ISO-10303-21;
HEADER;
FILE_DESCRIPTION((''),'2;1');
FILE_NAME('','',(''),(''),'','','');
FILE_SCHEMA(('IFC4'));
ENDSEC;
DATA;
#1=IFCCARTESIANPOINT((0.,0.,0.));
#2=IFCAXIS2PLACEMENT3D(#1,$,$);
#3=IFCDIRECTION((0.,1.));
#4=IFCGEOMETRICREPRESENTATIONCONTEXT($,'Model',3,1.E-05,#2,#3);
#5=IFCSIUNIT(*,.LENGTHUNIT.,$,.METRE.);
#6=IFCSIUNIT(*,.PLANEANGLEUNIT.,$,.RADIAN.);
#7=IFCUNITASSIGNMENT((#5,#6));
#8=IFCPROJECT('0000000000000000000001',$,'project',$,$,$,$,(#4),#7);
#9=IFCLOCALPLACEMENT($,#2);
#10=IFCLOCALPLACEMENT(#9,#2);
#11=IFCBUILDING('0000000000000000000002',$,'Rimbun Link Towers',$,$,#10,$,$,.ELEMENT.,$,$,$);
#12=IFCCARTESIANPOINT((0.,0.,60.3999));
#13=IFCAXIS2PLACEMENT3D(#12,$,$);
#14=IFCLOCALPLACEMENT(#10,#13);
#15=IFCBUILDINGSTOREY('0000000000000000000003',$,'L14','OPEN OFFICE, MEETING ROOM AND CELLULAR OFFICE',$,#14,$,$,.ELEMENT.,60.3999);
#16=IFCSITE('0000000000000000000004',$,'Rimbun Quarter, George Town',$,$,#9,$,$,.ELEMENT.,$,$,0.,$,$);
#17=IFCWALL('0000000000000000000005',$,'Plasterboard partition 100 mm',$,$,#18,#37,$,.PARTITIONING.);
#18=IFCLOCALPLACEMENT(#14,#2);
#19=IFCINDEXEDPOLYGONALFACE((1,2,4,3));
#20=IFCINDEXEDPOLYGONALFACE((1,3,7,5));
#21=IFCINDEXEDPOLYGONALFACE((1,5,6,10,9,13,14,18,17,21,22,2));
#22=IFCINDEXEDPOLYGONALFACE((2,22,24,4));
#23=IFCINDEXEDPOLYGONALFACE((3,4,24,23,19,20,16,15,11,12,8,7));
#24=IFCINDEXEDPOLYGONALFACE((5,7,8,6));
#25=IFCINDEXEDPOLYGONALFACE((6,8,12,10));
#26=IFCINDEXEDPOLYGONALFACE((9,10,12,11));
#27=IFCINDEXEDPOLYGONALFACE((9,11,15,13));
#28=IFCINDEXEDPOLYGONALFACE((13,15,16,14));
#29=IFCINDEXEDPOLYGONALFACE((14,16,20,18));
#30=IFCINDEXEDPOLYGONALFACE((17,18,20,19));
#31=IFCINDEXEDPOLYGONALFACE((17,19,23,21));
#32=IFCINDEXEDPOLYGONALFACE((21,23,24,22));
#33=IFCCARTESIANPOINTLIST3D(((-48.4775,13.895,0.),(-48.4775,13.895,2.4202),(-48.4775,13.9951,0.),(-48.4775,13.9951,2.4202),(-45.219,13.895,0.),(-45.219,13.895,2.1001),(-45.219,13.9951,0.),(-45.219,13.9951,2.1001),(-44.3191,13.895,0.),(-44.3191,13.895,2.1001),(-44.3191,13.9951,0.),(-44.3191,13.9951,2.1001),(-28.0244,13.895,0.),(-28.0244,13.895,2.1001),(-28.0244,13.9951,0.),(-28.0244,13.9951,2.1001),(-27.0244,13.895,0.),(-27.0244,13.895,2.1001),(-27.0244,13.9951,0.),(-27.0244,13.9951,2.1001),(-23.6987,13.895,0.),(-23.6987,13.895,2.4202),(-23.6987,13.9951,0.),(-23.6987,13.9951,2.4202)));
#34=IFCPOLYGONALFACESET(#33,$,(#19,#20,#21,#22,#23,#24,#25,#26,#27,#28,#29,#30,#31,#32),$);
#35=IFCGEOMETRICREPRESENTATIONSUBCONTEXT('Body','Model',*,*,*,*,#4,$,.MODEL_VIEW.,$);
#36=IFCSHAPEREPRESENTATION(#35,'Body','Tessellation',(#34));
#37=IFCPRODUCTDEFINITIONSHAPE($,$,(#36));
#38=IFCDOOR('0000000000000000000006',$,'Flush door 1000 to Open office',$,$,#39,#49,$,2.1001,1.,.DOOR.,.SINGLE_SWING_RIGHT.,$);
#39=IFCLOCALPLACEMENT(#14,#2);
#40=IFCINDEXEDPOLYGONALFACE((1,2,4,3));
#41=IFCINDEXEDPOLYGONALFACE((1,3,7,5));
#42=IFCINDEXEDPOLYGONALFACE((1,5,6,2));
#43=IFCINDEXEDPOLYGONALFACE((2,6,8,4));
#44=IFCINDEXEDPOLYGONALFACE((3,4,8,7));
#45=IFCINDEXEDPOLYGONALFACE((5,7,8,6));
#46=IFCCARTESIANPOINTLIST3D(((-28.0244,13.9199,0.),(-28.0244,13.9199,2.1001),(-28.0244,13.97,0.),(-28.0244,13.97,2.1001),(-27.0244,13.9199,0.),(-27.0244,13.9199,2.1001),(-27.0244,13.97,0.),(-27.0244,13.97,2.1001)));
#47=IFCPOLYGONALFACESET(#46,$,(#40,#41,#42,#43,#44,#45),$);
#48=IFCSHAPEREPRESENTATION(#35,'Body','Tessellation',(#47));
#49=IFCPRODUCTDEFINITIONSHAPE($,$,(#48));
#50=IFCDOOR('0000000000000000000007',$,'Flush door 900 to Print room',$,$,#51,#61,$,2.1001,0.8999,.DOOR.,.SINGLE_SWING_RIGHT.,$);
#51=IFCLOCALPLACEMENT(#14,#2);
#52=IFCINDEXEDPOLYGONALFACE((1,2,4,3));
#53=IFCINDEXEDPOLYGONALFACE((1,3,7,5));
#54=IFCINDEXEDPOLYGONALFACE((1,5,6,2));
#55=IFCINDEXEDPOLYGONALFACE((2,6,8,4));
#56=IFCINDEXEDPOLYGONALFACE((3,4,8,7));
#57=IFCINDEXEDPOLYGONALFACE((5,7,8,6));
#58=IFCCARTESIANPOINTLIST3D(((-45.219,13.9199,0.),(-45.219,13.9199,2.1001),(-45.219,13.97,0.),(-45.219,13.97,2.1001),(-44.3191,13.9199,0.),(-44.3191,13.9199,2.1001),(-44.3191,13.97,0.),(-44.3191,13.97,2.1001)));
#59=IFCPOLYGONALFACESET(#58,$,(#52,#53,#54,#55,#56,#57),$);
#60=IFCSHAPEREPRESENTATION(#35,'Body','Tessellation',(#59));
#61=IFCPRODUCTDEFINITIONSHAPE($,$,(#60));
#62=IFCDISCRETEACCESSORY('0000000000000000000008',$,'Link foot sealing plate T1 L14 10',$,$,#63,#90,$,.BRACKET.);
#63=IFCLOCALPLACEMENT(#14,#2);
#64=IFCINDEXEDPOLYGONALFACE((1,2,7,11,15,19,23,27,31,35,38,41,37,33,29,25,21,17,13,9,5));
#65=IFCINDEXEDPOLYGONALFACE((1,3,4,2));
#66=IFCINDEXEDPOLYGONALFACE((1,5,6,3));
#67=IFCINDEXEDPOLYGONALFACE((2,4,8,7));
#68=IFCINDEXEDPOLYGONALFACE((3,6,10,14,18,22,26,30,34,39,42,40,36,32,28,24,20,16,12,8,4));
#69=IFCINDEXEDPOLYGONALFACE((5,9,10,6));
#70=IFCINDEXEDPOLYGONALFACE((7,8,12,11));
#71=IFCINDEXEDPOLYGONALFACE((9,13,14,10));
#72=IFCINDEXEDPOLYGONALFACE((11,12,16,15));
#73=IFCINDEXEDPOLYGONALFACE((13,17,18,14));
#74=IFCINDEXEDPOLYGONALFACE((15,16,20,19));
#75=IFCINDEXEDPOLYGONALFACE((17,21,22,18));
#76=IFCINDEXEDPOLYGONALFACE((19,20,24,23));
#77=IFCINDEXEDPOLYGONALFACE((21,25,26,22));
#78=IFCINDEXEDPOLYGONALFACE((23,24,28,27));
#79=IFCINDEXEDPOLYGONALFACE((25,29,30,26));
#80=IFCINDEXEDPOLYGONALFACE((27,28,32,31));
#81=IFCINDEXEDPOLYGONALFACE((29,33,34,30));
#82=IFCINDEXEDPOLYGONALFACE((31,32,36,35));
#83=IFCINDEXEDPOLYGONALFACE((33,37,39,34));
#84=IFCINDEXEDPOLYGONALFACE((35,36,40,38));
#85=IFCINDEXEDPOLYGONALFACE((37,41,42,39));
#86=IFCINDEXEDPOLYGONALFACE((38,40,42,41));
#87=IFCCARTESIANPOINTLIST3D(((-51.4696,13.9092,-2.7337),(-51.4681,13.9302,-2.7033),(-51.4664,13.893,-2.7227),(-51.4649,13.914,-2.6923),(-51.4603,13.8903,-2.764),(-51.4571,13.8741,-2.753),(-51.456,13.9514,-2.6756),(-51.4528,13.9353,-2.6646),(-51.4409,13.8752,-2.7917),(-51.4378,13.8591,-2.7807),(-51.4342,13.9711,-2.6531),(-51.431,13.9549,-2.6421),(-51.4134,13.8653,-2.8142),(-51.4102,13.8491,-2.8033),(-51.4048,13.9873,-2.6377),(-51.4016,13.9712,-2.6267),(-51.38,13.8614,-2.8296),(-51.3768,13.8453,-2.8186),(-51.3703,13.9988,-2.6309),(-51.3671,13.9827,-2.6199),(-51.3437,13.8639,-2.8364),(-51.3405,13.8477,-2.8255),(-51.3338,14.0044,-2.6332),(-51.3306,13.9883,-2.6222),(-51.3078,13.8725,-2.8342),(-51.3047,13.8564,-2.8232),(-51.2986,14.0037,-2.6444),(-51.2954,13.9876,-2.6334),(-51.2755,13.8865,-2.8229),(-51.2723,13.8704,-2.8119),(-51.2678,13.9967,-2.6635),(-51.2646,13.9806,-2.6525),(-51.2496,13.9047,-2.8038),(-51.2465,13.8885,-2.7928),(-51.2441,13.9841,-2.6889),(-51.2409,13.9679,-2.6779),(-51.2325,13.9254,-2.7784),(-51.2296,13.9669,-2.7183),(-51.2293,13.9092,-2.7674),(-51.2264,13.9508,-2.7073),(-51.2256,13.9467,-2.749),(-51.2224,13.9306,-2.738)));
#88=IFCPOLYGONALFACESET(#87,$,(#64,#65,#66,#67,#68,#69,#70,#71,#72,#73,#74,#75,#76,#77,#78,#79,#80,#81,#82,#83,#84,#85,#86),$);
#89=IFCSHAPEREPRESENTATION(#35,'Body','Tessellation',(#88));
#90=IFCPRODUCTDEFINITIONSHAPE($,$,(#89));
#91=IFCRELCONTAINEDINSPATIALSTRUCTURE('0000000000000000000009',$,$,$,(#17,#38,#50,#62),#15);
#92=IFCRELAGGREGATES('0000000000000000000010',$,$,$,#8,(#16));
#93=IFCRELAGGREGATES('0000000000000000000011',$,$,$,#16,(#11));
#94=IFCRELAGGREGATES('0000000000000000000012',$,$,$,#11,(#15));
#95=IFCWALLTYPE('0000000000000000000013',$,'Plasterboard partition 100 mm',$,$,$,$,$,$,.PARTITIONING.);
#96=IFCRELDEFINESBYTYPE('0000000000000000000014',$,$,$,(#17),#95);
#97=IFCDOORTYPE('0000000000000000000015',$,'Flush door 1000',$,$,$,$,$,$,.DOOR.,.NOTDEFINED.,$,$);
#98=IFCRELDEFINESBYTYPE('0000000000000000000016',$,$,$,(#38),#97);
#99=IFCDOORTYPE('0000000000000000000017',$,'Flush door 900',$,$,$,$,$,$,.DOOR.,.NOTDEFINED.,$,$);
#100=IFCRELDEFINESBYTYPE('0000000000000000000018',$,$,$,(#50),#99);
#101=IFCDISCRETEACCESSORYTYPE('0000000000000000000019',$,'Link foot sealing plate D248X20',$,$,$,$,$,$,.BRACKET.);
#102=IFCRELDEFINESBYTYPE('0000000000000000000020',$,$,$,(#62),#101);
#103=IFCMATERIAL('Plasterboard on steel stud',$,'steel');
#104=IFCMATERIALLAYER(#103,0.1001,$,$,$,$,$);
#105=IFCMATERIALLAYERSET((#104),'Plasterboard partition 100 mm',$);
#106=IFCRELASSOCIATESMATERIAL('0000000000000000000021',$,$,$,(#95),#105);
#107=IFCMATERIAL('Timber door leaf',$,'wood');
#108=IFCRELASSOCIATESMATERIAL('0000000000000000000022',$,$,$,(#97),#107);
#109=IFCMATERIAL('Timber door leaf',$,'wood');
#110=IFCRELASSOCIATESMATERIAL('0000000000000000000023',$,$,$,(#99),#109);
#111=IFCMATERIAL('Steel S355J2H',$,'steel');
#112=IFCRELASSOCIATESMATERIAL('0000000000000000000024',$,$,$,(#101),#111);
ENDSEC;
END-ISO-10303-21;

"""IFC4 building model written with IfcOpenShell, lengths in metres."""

from ifc_helpers import new_model, si_unit, direction, frame, frame_2d, origin, origin_2d, place, context, subcontext, project, spatial, rectangle, circle, extrude, material, layer, layer_set, material_profile, profile_set, type_object, element, fill, save


model = new_model("IFC4")

# Units and contexts
model_context = context("Model", 3, precision=1e-05, world=origin(), true_north=direction((0.0, 1.0)))
body_context = subcontext(model_context, "Body", "Model", "MODEL_VIEW")
ifc_project = project(units=[si_unit("LENGTHUNIT", "METRE"), si_unit("PLANEANGLEUNIT", "RADIAN")], contexts=[model_context])

# Site, building, storey
site_placement = place(None, origin())
site = spatial("IfcSite", under=ifc_project, at=site_placement, Name="Rimbun Quarter, George Town", CompositionType="ELEMENT", RefElevation=0.0)
building_placement = place(site_placement, origin())
building = spatial("IfcBuilding", under=site, at=building_placement, Name="Rimbun Link Towers", CompositionType="ELEMENT")
storey_placement = place(building_placement, frame((0.0, 0.0, 60.3999)))
storey = spatial("IfcBuildingStorey", under=building, at=storey_placement, Name="L14", Description="OPEN OFFICE, MEETING ROOM AND CELLULAR OFFICE", CompositionType="ELEMENT", Elevation=60.3999)

# Wall, openings, doors
ifc_material_1 = material(Name="Plasterboard on steel stud", Category="steel")
ifc_layer_1 = layer(ifc_material_1, 0.1001)
ifc_layer_set_1 = layer_set([ifc_layer_1], Name="Plasterboard partition 100 mm")
wall_type = type_object("IfcWallType", Name="Plasterboard partition 100 mm", PredefinedType="PARTITIONING", material=ifc_layer_set_1)
wall_placement = place(storey_placement, frame((-48.4775, 13.9451, 0.0), z_axis=(0.0, 0.0, 1.0), x_axis=(1.0, 0.0, 0.0)))
wall = element("IfcWall", 1, at=wall_placement, inside=storey, type_object=wall_type, Name="Plasterboard partition 100 mm", PredefinedType="PARTITIONING", context=body_context, shape_type="SweptSolid", body=[
    extrude(rectangle(XDim=24.7788, YDim=0.1001, at=frame_2d((12.3894, 0.0))), origin(), (0.0, 0.0, 1.0), 2.4202),
])
opening_1_placement = place(wall_placement, frame((20.4531, 0.0, 0.0)))
opening_1 = element("IfcOpeningElement", 2, at=opening_1_placement, cuts=wall, PredefinedType="OPENING", context=body_context, shape_type="SweptSolid", body=[
    extrude(rectangle(XDim=1.0, YDim=2.1001, at=frame_2d((0.5, 1.05))), frame((0.0, 0.0601, 0.0), z_axis=(0.0, -1.0, 0.0), x_axis=(1.0, 0.0, 0.0)), (0.0, 0.0, 1.0), 0.1201),
])
opening_2_placement = place(wall_placement, frame((3.2585, 0.0, 0.0)))
opening_2 = element("IfcOpeningElement", 3, at=opening_2_placement, cuts=wall, PredefinedType="OPENING", context=body_context, shape_type="SweptSolid", body=[
    extrude(rectangle(XDim=0.8999, YDim=2.1001, at=frame_2d((0.45, 1.05))), frame((0.0, 0.0601, 0.0), z_axis=(0.0, -1.0, 0.0), x_axis=(1.0, 0.0, 0.0)), (0.0, 0.0, 1.0), 0.1201),
])
ifc_material_2 = material(Name="Timber door leaf", Category="wood")
door_type_1 = type_object("IfcDoorType", Name="Flush door 1000", OperationType="NOTDEFINED", PredefinedType="DOOR", material=ifc_material_2)
door_1_placement = place(opening_1_placement, origin())
door_1 = element("IfcDoor", 4, at=door_1_placement, inside=storey, type_object=door_type_1, Name="Flush door 1000 to Open office", OperationType="SINGLE_SWING_RIGHT", OverallHeight=2.1001, OverallWidth=1.0, PredefinedType="DOOR", context=body_context, shape_type="SweptSolid", body=[
    extrude(rectangle(XDim=1.0, YDim=2.1001, at=frame_2d((0.5, 1.05))), frame((0.0, 0.0249, 0.0), z_axis=(0.0, -1.0, 0.0), x_axis=(1.0, 0.0, 0.0)), (0.0, 0.0, 1.0), 0.05),
])
fill(opening_1, door_1)
ifc_material_3 = material(Name="Timber door leaf", Category="wood")
door_type_2 = type_object("IfcDoorType", Name="Flush door 900", OperationType="NOTDEFINED", PredefinedType="DOOR", material=ifc_material_3)
door_2_placement = place(opening_2_placement, origin())
door_2 = element("IfcDoor", 5, at=door_2_placement, inside=storey, type_object=door_type_2, Name="Flush door 900 to Print room", OperationType="SINGLE_SWING_RIGHT", OverallHeight=2.1001, OverallWidth=0.8999, PredefinedType="DOOR", context=body_context, shape_type="SweptSolid", body=[
    extrude(rectangle(XDim=0.8999, YDim=2.1001, at=frame_2d((0.45, 1.05))), frame((0.0, 0.0249, 0.0), z_axis=(0.0, -1.0, 0.0), x_axis=(1.0, 0.0, 0.0)), (0.0, 0.0, 1.0), 0.05),
])
fill(opening_2, door_2)

# Discrete accessory
ifc_material_4 = material(Name="Steel S355J2H", Category="steel")
ifc_material_profile_1 = material_profile(ifc_material_4, circle(Radius=0.124, at=origin_2d()), Name="PL D248")
ifc_profile_set_1 = profile_set([ifc_material_profile_1], Name="Steel S355J2H")
discrete_accessory_type = type_object("IfcDiscreteAccessoryType", Name="Link foot sealing plate D248X20", PredefinedType="BRACKET", material=ifc_profile_set_1)
discrete_accessory_placement = place(storey_placement, frame((-51.3447, 13.917, -2.7227), z_axis=(-0.160629, 0.815499, -0.556022), x_axis=(-0.981148, -0.193256, 0.0)))
element("IfcDiscreteAccessory", 6, at=discrete_accessory_placement, inside=storey, type_object=discrete_accessory_type, Name="Link foot sealing plate T1 L14 10", PredefinedType="BRACKET", context=body_context, shape_type="SweptSolid", body=[
    extrude(circle(Radius=0.124, at=origin_2d()), origin(), (0.0, 0.0, 1.0), 0.0198),
])

save(model, "model.ifc")
